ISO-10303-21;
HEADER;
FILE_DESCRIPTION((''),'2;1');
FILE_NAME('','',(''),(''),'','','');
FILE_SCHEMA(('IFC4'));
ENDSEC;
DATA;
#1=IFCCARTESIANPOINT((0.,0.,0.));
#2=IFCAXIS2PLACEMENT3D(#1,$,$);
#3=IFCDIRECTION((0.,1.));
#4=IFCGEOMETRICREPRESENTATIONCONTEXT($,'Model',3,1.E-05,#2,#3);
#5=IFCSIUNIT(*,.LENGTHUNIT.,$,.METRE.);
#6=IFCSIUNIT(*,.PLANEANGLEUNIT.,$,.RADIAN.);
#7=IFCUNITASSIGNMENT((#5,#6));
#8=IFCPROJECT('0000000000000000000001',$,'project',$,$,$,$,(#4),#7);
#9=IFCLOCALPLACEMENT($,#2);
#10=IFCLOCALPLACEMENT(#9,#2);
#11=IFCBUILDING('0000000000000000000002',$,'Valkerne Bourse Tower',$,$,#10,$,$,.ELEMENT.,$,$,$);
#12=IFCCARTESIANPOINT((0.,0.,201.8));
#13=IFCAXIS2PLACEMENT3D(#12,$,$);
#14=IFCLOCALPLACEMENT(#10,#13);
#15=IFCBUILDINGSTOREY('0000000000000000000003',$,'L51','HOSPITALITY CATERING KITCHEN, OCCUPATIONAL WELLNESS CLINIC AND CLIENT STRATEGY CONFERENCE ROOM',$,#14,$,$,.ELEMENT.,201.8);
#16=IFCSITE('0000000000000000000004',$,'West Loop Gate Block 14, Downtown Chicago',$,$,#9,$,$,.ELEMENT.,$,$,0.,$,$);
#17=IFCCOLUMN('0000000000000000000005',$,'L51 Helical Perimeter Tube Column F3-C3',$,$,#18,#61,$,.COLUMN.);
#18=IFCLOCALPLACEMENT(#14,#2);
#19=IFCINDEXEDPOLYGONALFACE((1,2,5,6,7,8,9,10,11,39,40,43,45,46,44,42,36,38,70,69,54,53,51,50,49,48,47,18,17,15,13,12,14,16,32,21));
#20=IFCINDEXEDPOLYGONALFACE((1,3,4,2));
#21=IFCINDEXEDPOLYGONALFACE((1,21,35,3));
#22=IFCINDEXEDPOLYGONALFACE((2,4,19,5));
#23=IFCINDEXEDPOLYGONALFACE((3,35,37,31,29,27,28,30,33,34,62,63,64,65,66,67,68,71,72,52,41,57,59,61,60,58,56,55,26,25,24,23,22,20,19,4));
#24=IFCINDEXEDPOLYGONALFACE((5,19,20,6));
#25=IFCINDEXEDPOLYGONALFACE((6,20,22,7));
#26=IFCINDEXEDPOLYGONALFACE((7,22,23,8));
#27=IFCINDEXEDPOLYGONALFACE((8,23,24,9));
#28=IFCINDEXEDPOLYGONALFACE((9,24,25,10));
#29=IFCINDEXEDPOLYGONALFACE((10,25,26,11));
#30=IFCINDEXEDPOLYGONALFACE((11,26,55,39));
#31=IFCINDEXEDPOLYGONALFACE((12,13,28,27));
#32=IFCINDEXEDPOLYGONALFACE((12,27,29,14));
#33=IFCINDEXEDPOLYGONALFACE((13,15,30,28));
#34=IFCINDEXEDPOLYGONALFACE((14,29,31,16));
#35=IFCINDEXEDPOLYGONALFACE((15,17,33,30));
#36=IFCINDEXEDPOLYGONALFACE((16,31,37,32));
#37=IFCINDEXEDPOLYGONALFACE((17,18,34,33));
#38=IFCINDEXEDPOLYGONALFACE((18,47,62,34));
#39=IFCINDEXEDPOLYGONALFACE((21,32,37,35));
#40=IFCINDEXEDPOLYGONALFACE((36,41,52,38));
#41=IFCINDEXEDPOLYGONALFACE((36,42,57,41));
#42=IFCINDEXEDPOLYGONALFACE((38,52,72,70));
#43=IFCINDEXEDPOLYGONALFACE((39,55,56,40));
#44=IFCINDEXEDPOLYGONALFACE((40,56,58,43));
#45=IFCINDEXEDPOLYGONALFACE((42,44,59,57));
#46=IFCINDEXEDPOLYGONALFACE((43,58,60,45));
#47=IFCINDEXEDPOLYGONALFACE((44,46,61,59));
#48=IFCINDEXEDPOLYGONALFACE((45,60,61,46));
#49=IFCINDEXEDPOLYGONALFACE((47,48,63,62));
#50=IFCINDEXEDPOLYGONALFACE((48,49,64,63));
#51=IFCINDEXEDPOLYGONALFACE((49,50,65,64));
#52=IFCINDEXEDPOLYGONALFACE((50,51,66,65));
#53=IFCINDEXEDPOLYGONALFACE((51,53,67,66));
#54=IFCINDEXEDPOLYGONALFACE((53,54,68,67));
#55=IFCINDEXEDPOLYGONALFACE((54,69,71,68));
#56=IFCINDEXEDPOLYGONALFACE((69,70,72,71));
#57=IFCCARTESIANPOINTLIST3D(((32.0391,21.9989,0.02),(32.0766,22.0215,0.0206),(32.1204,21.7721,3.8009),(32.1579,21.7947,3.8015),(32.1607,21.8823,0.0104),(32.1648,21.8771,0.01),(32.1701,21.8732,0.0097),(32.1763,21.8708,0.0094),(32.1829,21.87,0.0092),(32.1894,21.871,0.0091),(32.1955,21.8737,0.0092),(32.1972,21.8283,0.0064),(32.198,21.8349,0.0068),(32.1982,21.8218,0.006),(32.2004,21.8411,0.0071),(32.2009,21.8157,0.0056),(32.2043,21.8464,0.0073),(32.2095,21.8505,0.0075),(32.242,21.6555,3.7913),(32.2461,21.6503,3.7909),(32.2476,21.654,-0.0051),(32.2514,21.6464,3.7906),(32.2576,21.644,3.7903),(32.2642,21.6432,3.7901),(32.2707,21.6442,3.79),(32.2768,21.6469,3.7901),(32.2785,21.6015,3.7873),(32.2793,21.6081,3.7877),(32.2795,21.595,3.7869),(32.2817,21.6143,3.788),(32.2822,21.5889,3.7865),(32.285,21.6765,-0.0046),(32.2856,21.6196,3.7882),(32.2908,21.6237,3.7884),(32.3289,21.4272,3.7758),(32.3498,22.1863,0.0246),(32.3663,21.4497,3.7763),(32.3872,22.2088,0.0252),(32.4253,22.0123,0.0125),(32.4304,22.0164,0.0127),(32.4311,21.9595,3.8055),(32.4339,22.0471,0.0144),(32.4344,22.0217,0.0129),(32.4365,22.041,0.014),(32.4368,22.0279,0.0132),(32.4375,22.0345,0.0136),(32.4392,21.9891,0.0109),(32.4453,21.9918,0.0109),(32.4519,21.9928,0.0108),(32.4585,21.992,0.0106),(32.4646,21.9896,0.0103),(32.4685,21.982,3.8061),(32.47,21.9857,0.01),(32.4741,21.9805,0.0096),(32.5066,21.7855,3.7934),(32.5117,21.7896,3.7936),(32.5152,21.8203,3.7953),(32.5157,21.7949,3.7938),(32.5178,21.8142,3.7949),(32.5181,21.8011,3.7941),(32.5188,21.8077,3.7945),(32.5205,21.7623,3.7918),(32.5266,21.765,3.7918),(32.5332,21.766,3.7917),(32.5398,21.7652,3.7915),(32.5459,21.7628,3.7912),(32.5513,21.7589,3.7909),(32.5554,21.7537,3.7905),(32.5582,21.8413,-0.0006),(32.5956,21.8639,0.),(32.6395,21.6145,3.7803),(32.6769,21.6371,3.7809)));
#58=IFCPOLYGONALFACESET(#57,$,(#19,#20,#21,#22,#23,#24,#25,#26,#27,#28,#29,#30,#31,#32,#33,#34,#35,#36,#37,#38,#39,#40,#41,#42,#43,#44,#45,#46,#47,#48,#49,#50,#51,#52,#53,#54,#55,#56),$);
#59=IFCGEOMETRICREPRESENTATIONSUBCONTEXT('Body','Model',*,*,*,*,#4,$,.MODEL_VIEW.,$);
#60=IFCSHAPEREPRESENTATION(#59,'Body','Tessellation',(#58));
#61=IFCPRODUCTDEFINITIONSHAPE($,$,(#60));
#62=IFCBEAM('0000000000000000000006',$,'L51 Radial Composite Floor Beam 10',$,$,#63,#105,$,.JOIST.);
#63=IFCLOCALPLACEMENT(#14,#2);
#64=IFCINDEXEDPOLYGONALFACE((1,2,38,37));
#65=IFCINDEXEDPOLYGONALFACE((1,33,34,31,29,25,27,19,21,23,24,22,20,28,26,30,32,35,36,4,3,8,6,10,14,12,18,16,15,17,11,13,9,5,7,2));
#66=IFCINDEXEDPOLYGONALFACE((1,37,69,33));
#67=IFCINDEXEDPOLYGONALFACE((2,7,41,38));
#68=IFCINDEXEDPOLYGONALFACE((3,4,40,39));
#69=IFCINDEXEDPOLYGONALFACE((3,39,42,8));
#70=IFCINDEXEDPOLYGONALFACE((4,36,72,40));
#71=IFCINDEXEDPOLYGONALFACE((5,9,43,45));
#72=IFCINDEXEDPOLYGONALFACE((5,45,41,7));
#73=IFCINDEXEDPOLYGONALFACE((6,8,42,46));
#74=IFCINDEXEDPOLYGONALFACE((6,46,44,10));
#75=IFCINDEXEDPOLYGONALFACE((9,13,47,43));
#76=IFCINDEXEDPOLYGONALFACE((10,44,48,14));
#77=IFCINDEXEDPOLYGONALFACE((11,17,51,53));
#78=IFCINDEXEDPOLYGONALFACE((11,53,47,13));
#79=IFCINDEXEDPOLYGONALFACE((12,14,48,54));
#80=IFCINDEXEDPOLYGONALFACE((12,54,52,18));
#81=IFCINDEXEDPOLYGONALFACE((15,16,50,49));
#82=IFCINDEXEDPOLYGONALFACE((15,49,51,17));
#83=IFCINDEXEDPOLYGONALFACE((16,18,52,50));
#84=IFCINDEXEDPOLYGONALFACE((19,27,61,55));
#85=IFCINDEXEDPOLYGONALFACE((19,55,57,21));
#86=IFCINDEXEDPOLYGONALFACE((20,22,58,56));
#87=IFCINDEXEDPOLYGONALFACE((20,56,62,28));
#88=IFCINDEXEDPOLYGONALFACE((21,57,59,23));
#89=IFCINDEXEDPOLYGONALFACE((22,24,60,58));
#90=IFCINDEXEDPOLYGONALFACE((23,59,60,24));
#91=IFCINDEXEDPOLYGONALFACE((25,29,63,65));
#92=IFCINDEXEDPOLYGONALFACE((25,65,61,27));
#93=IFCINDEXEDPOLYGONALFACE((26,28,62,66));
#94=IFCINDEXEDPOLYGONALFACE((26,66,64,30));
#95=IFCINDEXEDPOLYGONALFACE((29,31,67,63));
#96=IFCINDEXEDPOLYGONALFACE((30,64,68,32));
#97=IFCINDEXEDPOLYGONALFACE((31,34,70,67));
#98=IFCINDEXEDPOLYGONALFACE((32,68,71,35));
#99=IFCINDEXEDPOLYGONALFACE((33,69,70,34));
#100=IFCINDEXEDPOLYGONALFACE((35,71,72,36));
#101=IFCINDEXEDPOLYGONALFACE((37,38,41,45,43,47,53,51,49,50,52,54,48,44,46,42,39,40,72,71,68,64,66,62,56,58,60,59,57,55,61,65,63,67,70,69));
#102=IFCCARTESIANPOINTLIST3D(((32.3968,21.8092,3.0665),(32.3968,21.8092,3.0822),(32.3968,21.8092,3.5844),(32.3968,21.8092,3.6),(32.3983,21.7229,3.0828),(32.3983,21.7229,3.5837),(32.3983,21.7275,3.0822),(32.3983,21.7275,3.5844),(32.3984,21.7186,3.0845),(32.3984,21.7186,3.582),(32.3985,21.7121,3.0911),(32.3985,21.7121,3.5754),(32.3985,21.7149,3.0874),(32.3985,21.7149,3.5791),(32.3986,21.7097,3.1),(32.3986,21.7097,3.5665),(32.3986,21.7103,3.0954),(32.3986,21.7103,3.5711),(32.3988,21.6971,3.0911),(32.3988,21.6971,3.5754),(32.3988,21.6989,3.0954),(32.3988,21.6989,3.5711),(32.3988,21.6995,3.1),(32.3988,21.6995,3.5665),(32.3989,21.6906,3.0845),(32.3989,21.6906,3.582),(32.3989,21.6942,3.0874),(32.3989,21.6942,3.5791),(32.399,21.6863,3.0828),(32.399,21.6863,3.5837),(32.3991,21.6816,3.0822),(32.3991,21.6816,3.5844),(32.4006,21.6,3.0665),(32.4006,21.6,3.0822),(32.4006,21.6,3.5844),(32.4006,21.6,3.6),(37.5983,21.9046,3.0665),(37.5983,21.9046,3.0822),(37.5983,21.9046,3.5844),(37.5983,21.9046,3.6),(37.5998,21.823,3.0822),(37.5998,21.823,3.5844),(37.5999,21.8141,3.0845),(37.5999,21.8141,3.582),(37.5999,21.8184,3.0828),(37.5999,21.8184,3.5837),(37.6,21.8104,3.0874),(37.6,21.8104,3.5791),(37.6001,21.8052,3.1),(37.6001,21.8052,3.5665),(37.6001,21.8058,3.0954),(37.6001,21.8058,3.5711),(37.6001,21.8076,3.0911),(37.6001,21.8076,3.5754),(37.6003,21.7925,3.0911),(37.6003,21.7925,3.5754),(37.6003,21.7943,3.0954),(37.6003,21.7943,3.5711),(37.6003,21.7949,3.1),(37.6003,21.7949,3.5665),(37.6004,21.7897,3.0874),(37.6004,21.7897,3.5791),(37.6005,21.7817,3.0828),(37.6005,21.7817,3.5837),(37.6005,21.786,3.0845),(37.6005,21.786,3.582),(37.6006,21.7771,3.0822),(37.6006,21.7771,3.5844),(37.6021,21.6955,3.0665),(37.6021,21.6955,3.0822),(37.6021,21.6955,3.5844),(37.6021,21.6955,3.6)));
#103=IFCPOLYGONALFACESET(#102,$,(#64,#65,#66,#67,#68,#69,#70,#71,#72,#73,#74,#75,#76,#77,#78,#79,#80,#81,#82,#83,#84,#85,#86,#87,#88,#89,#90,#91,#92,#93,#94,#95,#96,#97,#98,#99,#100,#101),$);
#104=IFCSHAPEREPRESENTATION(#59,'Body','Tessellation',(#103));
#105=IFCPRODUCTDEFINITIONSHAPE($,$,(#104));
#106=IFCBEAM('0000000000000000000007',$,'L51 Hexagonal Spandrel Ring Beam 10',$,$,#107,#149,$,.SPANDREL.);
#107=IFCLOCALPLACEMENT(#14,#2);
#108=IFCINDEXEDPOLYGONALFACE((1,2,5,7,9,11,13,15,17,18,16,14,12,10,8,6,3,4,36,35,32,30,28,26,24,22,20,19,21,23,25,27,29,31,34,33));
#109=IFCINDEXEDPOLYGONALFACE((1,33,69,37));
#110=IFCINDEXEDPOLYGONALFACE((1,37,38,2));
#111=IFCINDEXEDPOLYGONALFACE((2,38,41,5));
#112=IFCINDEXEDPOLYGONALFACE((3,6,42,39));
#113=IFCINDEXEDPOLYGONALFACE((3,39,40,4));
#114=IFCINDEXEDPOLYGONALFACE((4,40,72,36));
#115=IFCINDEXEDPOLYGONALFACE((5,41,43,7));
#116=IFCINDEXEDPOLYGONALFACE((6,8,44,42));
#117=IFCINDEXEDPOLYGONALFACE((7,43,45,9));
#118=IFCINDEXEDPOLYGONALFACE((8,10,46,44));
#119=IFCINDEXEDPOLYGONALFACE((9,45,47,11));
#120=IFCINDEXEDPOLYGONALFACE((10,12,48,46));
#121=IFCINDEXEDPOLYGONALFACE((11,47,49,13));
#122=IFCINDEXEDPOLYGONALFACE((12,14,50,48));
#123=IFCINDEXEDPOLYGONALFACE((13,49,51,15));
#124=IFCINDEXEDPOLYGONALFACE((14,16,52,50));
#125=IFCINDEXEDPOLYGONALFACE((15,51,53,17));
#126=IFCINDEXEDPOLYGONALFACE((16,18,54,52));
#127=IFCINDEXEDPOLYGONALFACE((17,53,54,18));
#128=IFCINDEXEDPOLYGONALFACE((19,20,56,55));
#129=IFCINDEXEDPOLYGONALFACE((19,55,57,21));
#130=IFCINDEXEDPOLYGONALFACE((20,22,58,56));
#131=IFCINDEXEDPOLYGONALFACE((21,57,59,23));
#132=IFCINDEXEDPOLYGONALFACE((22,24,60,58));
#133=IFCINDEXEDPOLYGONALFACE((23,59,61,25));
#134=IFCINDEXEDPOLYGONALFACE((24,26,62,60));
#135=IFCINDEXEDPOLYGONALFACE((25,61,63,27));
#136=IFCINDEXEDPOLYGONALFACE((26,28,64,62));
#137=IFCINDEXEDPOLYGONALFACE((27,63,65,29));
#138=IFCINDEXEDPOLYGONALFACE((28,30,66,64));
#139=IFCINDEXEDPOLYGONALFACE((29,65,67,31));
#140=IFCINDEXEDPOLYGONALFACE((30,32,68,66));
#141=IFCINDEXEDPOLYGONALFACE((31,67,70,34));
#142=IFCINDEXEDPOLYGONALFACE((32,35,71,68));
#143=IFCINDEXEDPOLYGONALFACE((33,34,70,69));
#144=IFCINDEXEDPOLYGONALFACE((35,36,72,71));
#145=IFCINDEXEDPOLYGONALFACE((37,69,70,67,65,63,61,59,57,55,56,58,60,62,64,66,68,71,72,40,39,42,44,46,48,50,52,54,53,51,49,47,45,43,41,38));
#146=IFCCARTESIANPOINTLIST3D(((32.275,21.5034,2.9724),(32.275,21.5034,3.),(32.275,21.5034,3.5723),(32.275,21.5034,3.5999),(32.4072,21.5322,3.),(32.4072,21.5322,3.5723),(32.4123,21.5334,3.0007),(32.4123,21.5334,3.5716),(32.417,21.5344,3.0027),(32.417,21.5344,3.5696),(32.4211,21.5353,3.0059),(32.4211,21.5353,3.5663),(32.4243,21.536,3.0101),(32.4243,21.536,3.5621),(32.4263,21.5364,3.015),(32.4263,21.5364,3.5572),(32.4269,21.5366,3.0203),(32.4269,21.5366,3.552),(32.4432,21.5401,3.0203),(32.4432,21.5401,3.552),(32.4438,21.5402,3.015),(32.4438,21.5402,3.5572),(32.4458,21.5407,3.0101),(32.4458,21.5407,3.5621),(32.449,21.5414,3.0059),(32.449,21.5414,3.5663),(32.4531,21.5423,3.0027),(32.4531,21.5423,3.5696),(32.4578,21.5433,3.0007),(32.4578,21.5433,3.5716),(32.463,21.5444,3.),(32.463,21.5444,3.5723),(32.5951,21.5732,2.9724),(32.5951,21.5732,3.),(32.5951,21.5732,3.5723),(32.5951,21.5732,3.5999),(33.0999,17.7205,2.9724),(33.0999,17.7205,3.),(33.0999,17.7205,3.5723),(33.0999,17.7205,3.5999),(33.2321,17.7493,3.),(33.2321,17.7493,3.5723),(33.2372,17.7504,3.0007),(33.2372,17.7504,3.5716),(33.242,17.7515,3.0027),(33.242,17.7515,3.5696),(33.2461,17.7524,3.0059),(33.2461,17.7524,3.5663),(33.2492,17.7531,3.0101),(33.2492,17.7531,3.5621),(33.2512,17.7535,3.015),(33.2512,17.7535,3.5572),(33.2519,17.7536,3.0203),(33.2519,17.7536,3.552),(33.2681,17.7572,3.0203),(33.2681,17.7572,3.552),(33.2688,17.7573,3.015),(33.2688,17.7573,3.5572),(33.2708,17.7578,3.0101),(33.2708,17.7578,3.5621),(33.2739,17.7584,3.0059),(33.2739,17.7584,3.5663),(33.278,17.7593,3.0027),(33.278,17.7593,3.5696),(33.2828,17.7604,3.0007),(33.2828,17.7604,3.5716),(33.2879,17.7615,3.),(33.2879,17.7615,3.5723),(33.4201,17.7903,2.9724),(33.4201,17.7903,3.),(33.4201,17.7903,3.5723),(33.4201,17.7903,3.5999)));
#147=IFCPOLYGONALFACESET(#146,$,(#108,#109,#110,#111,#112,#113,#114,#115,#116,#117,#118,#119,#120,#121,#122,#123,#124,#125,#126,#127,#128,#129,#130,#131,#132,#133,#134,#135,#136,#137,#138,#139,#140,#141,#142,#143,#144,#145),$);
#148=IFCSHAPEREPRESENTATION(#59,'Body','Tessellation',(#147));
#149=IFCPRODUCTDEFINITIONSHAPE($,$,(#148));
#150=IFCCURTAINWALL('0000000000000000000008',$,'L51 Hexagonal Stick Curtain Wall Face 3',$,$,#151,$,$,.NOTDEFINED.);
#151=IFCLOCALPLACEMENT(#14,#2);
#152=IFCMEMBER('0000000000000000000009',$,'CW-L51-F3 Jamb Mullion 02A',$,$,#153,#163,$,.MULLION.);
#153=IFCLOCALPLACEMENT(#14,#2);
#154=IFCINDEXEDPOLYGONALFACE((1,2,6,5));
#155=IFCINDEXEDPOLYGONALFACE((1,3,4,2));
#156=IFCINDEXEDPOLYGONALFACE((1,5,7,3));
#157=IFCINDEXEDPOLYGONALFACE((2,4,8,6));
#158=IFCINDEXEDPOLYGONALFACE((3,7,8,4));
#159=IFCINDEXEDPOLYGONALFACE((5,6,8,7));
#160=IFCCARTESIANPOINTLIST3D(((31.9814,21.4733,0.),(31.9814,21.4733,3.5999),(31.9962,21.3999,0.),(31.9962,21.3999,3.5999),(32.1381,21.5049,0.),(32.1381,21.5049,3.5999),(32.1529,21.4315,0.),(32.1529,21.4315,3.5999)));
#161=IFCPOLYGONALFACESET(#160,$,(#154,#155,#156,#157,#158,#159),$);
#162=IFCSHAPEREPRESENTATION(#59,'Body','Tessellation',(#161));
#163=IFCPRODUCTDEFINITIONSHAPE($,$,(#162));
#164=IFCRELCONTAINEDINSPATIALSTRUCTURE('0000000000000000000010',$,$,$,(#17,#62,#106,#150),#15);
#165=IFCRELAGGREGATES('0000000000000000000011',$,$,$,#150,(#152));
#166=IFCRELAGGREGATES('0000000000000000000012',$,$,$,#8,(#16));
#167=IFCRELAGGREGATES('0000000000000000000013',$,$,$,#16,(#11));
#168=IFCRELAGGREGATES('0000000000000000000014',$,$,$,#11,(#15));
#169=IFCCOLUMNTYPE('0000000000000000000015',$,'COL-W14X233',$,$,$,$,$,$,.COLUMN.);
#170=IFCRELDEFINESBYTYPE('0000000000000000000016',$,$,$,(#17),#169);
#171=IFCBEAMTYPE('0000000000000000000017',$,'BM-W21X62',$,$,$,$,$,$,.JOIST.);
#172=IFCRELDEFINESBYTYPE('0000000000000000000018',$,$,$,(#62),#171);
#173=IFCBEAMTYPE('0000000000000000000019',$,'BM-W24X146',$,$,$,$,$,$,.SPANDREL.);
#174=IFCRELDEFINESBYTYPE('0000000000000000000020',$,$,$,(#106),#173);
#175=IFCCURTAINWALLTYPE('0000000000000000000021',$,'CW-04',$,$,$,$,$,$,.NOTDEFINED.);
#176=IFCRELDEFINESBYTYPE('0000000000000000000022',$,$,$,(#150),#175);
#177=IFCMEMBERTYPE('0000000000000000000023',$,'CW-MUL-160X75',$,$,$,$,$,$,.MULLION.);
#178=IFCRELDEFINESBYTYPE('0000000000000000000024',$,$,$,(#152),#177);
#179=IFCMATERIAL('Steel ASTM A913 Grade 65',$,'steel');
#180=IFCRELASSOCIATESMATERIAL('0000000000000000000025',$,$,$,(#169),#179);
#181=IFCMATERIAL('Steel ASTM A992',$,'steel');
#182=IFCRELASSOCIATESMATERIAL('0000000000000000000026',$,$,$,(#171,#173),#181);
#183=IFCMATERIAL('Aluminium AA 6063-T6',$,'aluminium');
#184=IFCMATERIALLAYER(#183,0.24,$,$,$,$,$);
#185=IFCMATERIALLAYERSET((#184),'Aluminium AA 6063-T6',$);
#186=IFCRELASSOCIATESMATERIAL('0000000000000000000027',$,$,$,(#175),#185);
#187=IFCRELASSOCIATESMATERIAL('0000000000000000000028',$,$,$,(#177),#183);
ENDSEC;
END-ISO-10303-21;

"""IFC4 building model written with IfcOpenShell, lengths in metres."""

from ifc_helpers import new_model, si_unit, direction, frame, origin, origin_2d, place, context, subcontext, project, spatial, rectangle, i_section, extrude, material, layer, layer_set, material_profile, profile_set, type_object, element, aggregate, save


model = new_model("IFC4")

# Units and contexts
model_context = context("Model", 3, precision=1e-05, world=origin(), true_north=direction((0.0, 1.0)))
body_context = subcontext(model_context, "Body", "Model", "MODEL_VIEW")
ifc_project = project(units=[si_unit("LENGTHUNIT", "METRE"), si_unit("PLANEANGLEUNIT", "RADIAN")], contexts=[model_context])

# Site, building, storey
site_placement = place(None, origin())
site = spatial("IfcSite", under=ifc_project, at=site_placement, Name="West Loop Gate Block 14, Downtown Chicago", CompositionType="ELEMENT", RefElevation=0.0)
building_placement = place(site_placement, origin())
building = spatial("IfcBuilding", under=site, at=building_placement, Name="Valkerne Bourse Tower", CompositionType="ELEMENT")
storey_placement = place(building_placement, frame((0.0, 0.0, 201.8)))
storey = spatial("IfcBuildingStorey", under=building, at=storey_placement, Name="L51", Description="HOSPITALITY CATERING KITCHEN, OCCUPATIONAL WELLNESS CLINIC AND CLIENT STRATEGY CONFERENCE ROOM", CompositionType="ELEMENT", Elevation=201.8)

# Column
ifc_material_1 = material(Name="Steel ASTM A913 Grade 65", Category="steel")
ifc_material_profile_1 = material_profile(ifc_material_1, i_section(OverallWidth=0.4038, OverallDepth=0.4065, WebThickness=0.0271, FlangeThickness=0.0437, FilletRadius=0.0254, at=origin_2d()), Name="W14X233")
ifc_profile_set_1 = profile_set([ifc_material_profile_1], Name="Steel ASTM A913 Grade 65")
column_type = type_object("IfcColumnType", Name="COL-W14X233", PredefinedType="COLUMN", material=ifc_profile_set_1)
column_placement = place(storey_placement, frame((32.3174, 21.9314, 0.01), z_axis=(0.021458, -0.059864, 0.997976), x_axis=(0.516166, -0.854217, -0.062339)))
element("IfcColumn", 1, at=column_placement, inside=storey, type_object=column_type, Name="L51 Helical Perimeter Tube Column F3-C3", PredefinedType="COLUMN", context=body_context, shape_type="SweptSolid", body=[
    extrude(i_section(OverallWidth=0.4038, OverallDepth=0.4065, WebThickness=0.0271, FlangeThickness=0.0437, FilletRadius=0.0254, at=origin_2d()), origin(), (0.0, 0.0, 1.0), 3.7886),
])

# Beams
ifc_material_2 = material(Name="Steel ASTM A992", Category="steel")
ifc_material_profile_2 = material_profile(ifc_material_2, i_section(OverallWidth=0.2092, OverallDepth=0.5334, WebThickness=0.0103, FlangeThickness=0.0156, FilletRadius=0.0178, at=origin_2d()), Name="W21X62")
ifc_profile_set_2 = profile_set([ifc_material_profile_2], Name="Steel ASTM A992")
beam_type_1 = type_object("IfcBeamType", Name="BM-W21X62", PredefinedType="JOIST", material=ifc_profile_set_2)
beam_1_placement = place(storey_placement, frame((32.3987, 21.7046, 3.3333), z_axis=(0.999832, 0.018349, 0.0), x_axis=(-0.018349, 0.999832, 0.0)))
element("IfcBeam", 2, at=beam_1_placement, inside=storey, type_object=beam_type_1, Name="L51 Radial Composite Floor Beam 10", PredefinedType="JOIST", context=body_context, shape_type="SweptSolid", body=[
    extrude(i_section(OverallWidth=0.2092, OverallDepth=0.5334, WebThickness=0.0103, FlangeThickness=0.0156, FilletRadius=0.0178, at=origin_2d()), origin(), (0.0, 0.0, 1.0), 5.2024),
])
ifc_material_profile_3 = material_profile(ifc_material_2, i_section(OverallWidth=0.3276, OverallDepth=0.6274, WebThickness=0.0166, FlangeThickness=0.0276, FilletRadius=0.0203, at=origin_2d()), Name="W24X146")
ifc_profile_set_3 = profile_set([ifc_material_profile_3], Name="Steel ASTM A992")
beam_type_2 = type_object("IfcBeamType", Name="BM-W24X146", PredefinedType="SPANDREL", material=ifc_profile_set_3)
beam_2_placement = place(storey_placement, frame((32.4351, 21.5383, 3.2861), z_axis=(0.213063, -0.977038, 0.0), x_axis=(0.977038, 0.213063, 0.0)))
element("IfcBeam", 3, at=beam_2_placement, inside=storey, type_object=beam_type_2, Name="L51 Hexagonal Spandrel Ring Beam 10", PredefinedType="SPANDREL", context=body_context, shape_type="SweptSolid", body=[
    extrude(i_section(OverallWidth=0.3276, OverallDepth=0.6274, WebThickness=0.0166, FlangeThickness=0.0276, FilletRadius=0.0203, at=origin_2d()), origin(), (0.0, 0.0, 1.0), 3.8718),
])

# Curtain wall, member
ifc_material_3 = material(Name="Aluminium AA 6063-T6", Category="aluminium")
ifc_layer_1 = layer(ifc_material_3, 0.24)
ifc_layer_set_1 = layer_set([ifc_layer_1], Name="Aluminium AA 6063-T6")
curtain_wall_type = type_object("IfcCurtainWallType", Name="CW-04", PredefinedType="NOTDEFINED", material=ifc_layer_set_1)
curtain_wall_placement = place(storey_placement, origin())
curtain_wall = element("IfcCurtainWall", 4, at=curtain_wall_placement, inside=storey, type_object=curtain_wall_type, Name="L51 Hexagonal Stick Curtain Wall Face 3", PredefinedType="NOTDEFINED")
ifc_material_profile_4 = material_profile(ifc_material_3, rectangle(XDim=0.075, YDim=0.1599, at=origin_2d()), Name="CWM-75X160")
ifc_profile_set_4 = profile_set([ifc_material_profile_4], Name="Aluminium AA 6063-T6")
member_type_1 = type_object("IfcMemberType", Name="CW-MUL-160X75", PredefinedType="MULLION", material=ifc_profile_set_4)
member_1_placement = place(storey_placement, frame((32.0671, 21.4524, 0.0), z_axis=(0.0, 0.0, 1.0), x_axis=(0.19765, -0.980273, 0.0)))
member_1 = element("IfcMember", 5, at=member_1_placement, type_object=member_type_1, Name="CW-L51-F3 Jamb Mullion 02A", PredefinedType="MULLION", context=body_context, shape_type="SweptSolid", body=[
    extrude(rectangle(XDim=0.075, YDim=0.1599, at=origin_2d()), origin(), (0.0, 0.0, 1.0), 3.5999),
])

aggregate(curtain_wall, [member_1])

save(model, "model.ifc")
